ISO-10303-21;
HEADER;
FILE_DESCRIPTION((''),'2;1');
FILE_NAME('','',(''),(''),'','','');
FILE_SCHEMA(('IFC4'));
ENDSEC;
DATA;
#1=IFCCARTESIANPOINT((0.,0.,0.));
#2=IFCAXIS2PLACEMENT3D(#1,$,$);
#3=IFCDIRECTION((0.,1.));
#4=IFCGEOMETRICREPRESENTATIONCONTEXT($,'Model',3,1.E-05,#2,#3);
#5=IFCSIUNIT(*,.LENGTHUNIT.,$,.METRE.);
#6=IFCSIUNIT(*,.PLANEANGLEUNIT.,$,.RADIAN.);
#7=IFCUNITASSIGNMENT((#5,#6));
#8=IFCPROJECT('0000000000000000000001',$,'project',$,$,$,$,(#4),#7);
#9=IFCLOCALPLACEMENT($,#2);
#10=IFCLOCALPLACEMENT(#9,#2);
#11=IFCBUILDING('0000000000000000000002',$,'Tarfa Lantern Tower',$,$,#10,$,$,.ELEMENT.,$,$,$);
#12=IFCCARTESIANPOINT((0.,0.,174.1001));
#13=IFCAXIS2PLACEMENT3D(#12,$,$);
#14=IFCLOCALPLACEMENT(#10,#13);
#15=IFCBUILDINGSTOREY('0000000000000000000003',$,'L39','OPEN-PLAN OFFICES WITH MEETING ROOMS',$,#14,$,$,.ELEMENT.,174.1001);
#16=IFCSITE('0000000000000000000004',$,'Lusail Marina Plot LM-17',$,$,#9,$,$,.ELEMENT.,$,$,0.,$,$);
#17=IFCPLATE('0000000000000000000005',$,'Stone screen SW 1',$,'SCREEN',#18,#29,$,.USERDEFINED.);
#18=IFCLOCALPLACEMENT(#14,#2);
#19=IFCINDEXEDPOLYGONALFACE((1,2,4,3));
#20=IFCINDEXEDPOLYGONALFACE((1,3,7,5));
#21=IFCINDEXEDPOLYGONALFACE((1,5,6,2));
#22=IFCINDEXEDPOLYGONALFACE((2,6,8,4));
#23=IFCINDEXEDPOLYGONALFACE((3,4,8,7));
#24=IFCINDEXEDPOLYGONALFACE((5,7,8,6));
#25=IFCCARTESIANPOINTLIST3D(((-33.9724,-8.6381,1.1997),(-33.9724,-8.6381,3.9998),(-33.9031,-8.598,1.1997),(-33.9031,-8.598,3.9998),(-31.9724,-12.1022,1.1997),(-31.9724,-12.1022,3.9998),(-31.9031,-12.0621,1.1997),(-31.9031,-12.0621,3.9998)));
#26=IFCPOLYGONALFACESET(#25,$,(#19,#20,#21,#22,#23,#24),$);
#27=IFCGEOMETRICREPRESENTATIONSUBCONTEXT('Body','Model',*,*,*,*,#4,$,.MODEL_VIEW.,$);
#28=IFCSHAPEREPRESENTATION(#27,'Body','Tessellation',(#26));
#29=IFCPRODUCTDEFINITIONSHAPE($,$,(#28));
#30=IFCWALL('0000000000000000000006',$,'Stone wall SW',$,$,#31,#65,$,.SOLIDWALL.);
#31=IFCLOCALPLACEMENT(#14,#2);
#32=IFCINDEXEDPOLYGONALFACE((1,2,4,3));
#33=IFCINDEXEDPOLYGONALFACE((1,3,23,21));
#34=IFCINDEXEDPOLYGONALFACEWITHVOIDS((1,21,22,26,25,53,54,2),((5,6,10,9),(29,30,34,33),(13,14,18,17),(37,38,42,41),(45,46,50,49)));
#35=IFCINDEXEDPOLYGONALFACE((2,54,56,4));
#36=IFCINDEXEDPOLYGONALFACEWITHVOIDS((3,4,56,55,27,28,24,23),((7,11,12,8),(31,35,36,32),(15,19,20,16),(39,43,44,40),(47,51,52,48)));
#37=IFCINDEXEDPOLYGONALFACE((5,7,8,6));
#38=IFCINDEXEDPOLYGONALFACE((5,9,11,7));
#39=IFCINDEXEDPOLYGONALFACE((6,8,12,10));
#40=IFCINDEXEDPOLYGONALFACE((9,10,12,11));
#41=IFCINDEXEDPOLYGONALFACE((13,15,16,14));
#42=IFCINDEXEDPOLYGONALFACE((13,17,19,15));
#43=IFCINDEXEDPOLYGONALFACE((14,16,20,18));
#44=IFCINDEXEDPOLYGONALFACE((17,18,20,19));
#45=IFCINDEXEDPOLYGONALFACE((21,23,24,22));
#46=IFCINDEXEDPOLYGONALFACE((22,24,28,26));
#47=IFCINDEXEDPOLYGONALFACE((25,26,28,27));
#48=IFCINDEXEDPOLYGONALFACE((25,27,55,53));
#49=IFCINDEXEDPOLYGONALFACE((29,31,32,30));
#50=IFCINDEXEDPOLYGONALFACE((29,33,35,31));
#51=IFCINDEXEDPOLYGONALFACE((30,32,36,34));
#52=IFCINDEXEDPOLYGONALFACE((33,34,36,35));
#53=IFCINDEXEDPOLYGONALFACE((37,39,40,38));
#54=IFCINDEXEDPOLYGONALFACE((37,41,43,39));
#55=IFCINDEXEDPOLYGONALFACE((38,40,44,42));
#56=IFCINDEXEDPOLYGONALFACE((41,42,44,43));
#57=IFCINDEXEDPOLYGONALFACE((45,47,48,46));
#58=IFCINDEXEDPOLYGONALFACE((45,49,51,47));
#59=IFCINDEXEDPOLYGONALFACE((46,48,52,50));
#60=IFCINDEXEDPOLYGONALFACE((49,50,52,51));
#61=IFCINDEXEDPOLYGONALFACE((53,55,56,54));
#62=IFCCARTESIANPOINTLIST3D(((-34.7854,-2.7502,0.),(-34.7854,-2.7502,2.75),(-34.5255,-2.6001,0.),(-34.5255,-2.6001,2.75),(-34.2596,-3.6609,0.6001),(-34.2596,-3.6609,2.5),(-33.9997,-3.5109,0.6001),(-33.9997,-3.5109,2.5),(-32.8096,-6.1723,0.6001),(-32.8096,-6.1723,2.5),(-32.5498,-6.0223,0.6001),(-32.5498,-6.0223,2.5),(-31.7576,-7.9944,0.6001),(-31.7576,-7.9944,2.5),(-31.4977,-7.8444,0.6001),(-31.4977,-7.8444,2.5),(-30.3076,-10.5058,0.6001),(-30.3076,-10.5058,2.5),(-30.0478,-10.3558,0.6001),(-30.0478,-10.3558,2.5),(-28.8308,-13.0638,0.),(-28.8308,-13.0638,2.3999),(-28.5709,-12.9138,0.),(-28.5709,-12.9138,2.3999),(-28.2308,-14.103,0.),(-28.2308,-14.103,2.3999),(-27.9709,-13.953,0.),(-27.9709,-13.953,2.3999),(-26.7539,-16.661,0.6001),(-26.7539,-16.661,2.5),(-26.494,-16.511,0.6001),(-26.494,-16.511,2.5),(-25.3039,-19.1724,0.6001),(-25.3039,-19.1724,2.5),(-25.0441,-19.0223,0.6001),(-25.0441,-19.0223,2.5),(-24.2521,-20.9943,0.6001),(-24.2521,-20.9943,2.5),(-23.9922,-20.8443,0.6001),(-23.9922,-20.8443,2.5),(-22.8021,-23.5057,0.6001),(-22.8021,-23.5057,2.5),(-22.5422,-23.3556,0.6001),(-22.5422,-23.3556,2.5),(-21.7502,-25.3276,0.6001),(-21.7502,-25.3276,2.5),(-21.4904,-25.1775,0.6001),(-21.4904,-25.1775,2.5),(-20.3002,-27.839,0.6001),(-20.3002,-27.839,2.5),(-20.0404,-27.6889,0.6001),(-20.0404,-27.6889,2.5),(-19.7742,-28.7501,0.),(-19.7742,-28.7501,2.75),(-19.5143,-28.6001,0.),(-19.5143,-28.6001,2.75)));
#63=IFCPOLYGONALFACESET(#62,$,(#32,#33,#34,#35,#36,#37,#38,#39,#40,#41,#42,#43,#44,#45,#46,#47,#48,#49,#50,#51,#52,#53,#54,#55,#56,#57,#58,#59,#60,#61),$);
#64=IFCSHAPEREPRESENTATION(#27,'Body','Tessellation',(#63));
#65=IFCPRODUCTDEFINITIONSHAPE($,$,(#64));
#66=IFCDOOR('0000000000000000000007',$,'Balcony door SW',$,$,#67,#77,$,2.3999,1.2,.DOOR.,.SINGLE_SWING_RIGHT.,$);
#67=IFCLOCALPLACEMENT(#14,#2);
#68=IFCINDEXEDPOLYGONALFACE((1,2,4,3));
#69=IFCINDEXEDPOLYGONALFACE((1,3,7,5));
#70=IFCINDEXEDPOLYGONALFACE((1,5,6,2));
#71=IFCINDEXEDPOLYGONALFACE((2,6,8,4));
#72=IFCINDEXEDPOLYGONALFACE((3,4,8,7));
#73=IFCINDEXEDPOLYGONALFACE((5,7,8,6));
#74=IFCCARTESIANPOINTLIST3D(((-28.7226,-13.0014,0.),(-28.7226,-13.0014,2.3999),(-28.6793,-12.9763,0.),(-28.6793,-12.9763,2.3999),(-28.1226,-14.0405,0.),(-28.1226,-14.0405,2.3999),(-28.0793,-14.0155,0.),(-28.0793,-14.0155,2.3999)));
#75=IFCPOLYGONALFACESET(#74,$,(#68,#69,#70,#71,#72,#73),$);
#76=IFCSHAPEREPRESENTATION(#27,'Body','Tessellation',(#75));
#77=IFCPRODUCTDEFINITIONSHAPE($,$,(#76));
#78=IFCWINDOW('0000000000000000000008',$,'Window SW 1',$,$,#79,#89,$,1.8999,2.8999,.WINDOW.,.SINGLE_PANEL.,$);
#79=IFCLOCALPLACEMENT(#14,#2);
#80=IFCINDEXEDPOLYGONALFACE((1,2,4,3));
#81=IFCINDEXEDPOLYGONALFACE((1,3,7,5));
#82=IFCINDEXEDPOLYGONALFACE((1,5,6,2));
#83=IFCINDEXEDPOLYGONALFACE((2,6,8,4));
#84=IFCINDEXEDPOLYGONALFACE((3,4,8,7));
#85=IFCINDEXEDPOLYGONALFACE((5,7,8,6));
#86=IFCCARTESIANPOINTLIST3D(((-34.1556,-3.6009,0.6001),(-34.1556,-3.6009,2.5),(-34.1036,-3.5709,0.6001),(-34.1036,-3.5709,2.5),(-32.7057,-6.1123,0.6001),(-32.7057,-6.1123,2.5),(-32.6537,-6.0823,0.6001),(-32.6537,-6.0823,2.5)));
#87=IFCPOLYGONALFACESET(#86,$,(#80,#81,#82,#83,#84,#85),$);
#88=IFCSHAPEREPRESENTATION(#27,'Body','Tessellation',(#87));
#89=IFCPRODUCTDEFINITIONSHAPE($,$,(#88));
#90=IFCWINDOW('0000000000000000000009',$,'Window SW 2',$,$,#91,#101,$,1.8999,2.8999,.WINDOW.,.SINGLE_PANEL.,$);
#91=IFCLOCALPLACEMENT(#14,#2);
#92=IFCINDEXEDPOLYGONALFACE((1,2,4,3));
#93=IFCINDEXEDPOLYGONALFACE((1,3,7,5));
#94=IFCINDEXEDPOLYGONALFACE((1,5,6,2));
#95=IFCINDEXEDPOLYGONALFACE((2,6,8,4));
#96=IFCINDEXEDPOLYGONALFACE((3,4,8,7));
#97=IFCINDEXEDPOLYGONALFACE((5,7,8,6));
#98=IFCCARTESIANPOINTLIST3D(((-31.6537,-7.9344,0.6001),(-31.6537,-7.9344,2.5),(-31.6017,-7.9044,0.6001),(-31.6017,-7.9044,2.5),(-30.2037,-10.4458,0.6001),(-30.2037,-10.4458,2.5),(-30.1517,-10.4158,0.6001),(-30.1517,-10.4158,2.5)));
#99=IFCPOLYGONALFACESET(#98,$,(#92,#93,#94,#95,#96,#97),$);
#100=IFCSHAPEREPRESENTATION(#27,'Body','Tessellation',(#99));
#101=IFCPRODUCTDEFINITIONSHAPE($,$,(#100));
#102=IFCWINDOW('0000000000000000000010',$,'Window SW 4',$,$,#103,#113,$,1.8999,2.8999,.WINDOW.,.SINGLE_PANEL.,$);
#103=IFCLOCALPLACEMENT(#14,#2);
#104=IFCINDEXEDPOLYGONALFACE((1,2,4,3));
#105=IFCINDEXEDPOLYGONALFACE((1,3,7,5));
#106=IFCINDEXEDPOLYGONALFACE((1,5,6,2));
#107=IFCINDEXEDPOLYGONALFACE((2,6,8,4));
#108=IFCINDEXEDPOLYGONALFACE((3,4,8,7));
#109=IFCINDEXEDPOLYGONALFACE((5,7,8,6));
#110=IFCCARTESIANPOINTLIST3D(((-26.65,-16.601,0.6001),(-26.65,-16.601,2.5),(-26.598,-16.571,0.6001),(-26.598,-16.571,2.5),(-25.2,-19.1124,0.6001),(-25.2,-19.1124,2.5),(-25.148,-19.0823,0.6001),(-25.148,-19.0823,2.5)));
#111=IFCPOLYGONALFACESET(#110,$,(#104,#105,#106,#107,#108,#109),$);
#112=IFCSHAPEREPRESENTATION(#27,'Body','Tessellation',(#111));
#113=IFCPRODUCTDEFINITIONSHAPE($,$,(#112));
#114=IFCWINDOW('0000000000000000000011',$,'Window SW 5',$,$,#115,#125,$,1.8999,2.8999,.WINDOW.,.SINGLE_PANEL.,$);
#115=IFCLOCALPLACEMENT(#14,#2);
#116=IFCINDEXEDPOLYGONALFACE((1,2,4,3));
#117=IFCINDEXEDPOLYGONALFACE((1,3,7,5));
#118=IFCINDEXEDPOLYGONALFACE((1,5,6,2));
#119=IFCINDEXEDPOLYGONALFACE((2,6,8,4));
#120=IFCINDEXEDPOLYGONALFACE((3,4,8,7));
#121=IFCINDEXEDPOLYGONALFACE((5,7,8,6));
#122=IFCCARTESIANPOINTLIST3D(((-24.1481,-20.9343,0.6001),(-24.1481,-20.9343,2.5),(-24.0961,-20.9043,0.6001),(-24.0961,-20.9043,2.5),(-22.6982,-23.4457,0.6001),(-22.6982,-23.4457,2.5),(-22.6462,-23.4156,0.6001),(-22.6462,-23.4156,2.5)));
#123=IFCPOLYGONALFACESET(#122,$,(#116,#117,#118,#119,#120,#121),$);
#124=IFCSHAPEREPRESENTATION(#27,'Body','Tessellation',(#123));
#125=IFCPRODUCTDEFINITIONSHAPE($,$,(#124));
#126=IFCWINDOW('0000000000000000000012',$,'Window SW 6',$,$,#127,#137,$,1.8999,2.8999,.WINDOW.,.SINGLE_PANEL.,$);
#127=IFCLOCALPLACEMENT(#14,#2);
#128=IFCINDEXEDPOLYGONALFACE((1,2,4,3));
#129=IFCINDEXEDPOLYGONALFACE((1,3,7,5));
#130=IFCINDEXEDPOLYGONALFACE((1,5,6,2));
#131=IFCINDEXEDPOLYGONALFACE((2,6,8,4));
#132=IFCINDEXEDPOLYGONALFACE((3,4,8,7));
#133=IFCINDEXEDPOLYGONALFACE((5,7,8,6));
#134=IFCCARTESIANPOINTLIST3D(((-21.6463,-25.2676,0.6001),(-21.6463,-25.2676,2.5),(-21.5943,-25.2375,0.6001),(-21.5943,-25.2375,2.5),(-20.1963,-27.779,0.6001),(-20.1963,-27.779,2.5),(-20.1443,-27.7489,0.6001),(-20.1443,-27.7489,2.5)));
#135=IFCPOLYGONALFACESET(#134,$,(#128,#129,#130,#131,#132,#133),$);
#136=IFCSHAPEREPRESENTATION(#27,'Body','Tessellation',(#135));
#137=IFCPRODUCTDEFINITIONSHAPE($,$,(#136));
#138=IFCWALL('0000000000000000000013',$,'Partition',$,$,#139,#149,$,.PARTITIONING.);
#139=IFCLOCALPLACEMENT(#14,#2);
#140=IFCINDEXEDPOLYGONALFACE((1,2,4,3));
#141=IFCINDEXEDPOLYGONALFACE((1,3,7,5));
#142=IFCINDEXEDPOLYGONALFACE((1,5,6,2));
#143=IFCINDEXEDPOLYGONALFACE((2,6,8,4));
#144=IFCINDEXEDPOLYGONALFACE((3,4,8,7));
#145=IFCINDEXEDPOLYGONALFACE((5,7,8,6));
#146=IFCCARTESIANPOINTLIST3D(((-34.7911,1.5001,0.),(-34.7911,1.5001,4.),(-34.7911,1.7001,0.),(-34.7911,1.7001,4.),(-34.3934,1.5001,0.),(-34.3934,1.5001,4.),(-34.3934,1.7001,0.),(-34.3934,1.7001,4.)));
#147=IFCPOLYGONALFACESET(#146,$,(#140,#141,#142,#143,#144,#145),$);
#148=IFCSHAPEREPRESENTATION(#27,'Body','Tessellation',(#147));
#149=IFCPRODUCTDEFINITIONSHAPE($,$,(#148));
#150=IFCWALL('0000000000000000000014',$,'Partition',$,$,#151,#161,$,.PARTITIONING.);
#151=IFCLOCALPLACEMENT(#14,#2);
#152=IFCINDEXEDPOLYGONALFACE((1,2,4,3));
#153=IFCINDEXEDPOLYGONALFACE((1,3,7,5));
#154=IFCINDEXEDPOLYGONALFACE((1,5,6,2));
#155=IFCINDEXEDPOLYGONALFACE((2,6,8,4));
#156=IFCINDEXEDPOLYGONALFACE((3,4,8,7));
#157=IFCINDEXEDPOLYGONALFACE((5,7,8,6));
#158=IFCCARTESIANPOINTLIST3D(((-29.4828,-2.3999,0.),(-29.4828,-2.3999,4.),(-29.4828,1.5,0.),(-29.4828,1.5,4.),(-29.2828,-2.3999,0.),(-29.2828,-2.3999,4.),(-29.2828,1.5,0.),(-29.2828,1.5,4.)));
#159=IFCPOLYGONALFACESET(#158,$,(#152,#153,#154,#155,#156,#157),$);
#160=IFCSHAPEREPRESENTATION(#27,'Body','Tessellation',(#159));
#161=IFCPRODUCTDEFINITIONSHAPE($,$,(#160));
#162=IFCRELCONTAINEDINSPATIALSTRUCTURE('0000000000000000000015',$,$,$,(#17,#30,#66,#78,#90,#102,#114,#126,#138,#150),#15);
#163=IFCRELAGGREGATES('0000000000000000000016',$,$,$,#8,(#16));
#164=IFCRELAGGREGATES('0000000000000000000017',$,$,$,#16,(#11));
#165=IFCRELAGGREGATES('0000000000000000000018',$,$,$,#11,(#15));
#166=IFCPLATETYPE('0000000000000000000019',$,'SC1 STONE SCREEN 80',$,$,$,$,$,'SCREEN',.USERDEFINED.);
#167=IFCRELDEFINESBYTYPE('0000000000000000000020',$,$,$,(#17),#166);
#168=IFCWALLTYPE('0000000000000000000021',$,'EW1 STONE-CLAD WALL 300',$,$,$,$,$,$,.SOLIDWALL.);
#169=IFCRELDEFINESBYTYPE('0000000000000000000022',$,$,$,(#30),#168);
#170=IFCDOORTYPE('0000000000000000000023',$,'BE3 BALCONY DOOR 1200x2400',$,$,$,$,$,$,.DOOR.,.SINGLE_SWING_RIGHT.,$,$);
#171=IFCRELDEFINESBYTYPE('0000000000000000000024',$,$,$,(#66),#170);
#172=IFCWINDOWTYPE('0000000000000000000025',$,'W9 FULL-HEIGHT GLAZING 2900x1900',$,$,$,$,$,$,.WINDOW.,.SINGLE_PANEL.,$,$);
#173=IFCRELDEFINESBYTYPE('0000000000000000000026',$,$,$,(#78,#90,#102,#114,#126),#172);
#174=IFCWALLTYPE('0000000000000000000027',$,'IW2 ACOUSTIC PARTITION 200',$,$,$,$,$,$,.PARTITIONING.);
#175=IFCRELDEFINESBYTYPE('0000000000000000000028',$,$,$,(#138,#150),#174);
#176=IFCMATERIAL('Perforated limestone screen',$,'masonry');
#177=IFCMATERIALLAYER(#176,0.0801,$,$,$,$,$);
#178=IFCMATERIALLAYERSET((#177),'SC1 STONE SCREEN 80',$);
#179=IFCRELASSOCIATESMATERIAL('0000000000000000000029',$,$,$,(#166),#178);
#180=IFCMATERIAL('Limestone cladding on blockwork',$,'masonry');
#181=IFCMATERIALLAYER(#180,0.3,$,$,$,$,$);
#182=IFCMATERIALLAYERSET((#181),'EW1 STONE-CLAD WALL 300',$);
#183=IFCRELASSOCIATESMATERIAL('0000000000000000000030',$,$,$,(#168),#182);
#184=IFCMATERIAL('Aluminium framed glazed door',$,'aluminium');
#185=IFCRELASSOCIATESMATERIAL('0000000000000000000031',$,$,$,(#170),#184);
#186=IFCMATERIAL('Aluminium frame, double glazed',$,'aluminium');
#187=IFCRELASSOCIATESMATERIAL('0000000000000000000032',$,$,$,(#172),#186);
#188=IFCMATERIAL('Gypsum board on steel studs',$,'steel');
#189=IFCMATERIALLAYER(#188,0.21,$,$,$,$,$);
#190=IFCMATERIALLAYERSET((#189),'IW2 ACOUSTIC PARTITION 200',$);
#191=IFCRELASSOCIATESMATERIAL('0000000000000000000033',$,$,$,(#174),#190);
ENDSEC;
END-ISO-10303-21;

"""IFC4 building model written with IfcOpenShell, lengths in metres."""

from ifc_helpers import new_model, si_unit, direction, frame, frame_2d, origin, origin_2d, place, context, subcontext, project, spatial, rectangle, extrude, material, layer, layer_set, type_object, element, fill, save


model = new_model("IFC4")

# Units and contexts
model_context = context("Model", 3, precision=1e-05, world=origin(), true_north=direction((0.0, 1.0)))
body_context = subcontext(model_context, "Body", "Model", "MODEL_VIEW")
ifc_project = project(units=[si_unit("LENGTHUNIT", "METRE"), si_unit("PLANEANGLEUNIT", "RADIAN")], contexts=[model_context])

# Site, building, storey
site_placement = place(None, origin())
site = spatial("IfcSite", under=ifc_project, at=site_placement, Name="Lusail Marina Plot LM-17", CompositionType="ELEMENT", RefElevation=0.0)
building_placement = place(site_placement, origin())
building = spatial("IfcBuilding", under=site, at=building_placement, Name="Tarfa Lantern Tower", CompositionType="ELEMENT")
storey_placement = place(building_placement, frame((0.0, 0.0, 174.1001)))
storey = spatial("IfcBuildingStorey", under=building, at=storey_placement, Name="L39", Description="OPEN-PLAN OFFICES WITH MEETING ROOMS", CompositionType="ELEMENT", Elevation=174.1001)

# Plate
ifc_material_1 = material(Name="Perforated limestone screen", Category="masonry")
ifc_layer_1 = layer(ifc_material_1, 0.0801)
ifc_layer_set_1 = layer_set([ifc_layer_1], Name="SC1 STONE SCREEN 80")
plate_type = type_object("IfcPlateType", Name="SC1 STONE SCREEN 80", ElementType="SCREEN", PredefinedType="USERDEFINED", material=ifc_layer_set_1)
plate_placement = place(storey_placement, frame((-32.9377, -10.3501, 1.1997), z_axis=(0.0, 0.0, 1.0), x_axis=(0.5, -0.866025, 0.0)))
element("IfcPlate", 1, at=plate_placement, inside=storey, type_object=plate_type, Name="Stone screen SW 1", ObjectType="SCREEN", PredefinedType="USERDEFINED", context=body_context, shape_type="SweptSolid", body=[
    extrude(rectangle(XDim=4.0, YDim=0.0801, at=origin_2d()), origin(), (0.0, 0.0, 1.0), 2.8),
])

# Wall, openings, door, windows
ifc_material_2 = material(Name="Limestone cladding on blockwork", Category="masonry")
ifc_layer_2 = layer(ifc_material_2, 0.3)
ifc_layer_set_2 = layer_set([ifc_layer_2], Name="EW1 STONE-CLAD WALL 300")
wall_type_1 = type_object("IfcWallType", Name="EW1 STONE-CLAD WALL 300", PredefinedType="SOLIDWALL", material=ifc_layer_set_2)
wall_1_placement = place(storey_placement, frame((-34.6555, -2.675, 0.0), z_axis=(0.0, 0.0, 1.0), x_axis=(0.500003, -0.866024, 0.0)))
wall_1 = element("IfcWall", 2, at=wall_1_placement, inside=storey, type_object=wall_type_1, Name="Stone wall SW", PredefinedType="SOLIDWALL", context=body_context, shape_type="SweptSolid", body=[
    extrude(rectangle(XDim=30.0222, YDim=0.3, at=frame_2d((15.0112, 0.0))), origin(), (0.0, 0.0, 1.0), 2.75),
])
opening_1_placement = place(wall_1_placement, frame((1.0518, 0.0, 0.6001)))
opening_1 = element("IfcOpeningElement", 3, at=opening_1_placement, cuts=wall_1, PredefinedType="OPENING", context=body_context, shape_type="SweptSolid", body=[
    extrude(rectangle(XDim=2.8999, YDim=1.8999, at=frame_2d((1.45, 0.95))), frame((0.0, 0.1599, 0.0), z_axis=(0.0, -1.0, 0.0), x_axis=(1.0, 0.0, 0.0)), (0.0, 0.0, 1.0), 0.3201),
])
opening_2_placement = place(wall_1_placement, frame((6.0557, 0.0, 0.6001)))
opening_2 = element("IfcOpeningElement", 4, at=opening_2_placement, cuts=wall_1, PredefinedType="OPENING", context=body_context, shape_type="SweptSolid", body=[
    extrude(rectangle(XDim=2.8999, YDim=1.8999, at=frame_2d((1.45, 0.95))), frame((0.0, 0.1599, 0.0), z_axis=(0.0, -1.0, 0.0), x_axis=(1.0, 0.0, 0.0)), (0.0, 0.0, 1.0), 0.3201),
])
opening_3_placement = place(wall_1_placement, frame((11.9092, 0.0, 0.0)))
opening_3 = element("IfcOpeningElement", 5, at=opening_3_placement, cuts=wall_1, PredefinedType="OPENING", context=body_context, shape_type="SweptSolid", body=[
    extrude(rectangle(XDim=1.2, YDim=2.3999, at=frame_2d((0.6001, 1.2))), frame((0.0, 0.1599, 0.0), z_axis=(0.0, -1.0, 0.0), x_axis=(1.0, 0.0, 0.0)), (0.0, 0.0, 1.0), 0.3201),
])
opening_4_placement = place(wall_1_placement, frame((16.063, 0.0, 0.6001)))
opening_4 = element("IfcOpeningElement", 6, at=opening_4_placement, cuts=wall_1, PredefinedType="OPENING", context=body_context, shape_type="SweptSolid", body=[
    extrude(rectangle(XDim=2.8999, YDim=1.8999, at=frame_2d((1.45, 0.95))), frame((0.0, 0.1599, 0.0), z_axis=(0.0, -1.0, 0.0), x_axis=(1.0, 0.0, 0.0)), (0.0, 0.0, 1.0), 0.3201),
])
opening_5_placement = place(wall_1_placement, frame((21.0667, 0.0, 0.6001)))
opening_5 = element("IfcOpeningElement", 7, at=opening_5_placement, cuts=wall_1, PredefinedType="OPENING", context=body_context, shape_type="SweptSolid", body=[
    extrude(rectangle(XDim=2.8999, YDim=1.8999, at=frame_2d((1.45, 0.95))), frame((0.0, 0.1599, 0.0), z_axis=(0.0, -1.0, 0.0), x_axis=(1.0, 0.0, 0.0)), (0.0, 0.0, 1.0), 0.3201),
])
opening_6_placement = place(wall_1_placement, frame((26.0703, 0.0, 0.6001)))
opening_6 = element("IfcOpeningElement", 8, at=opening_6_placement, cuts=wall_1, PredefinedType="OPENING", context=body_context, shape_type="SweptSolid", body=[
    extrude(rectangle(XDim=2.8999, YDim=1.8999, at=frame_2d((1.45, 0.95))), frame((0.0, 0.1599, 0.0), z_axis=(0.0, -1.0, 0.0), x_axis=(1.0, 0.0, 0.0)), (0.0, 0.0, 1.0), 0.3201),
])
ifc_material_3 = material(Name="Aluminium framed glazed door", Category="aluminium")
door_type = type_object("IfcDoorType", Name="BE3 BALCONY DOOR 1200x2400", OperationType="SINGLE_SWING_RIGHT", PredefinedType="DOOR", material=ifc_material_3)
door_placement = place(opening_3_placement, origin())
door = element("IfcDoor", 9, at=door_placement, inside=storey, type_object=door_type, Name="Balcony door SW", OperationType="SINGLE_SWING_RIGHT", OverallHeight=2.3999, OverallWidth=1.2, PredefinedType="DOOR", context=body_context, shape_type="SweptSolid", body=[
    extrude(rectangle(XDim=1.2, YDim=2.3999, at=frame_2d((0.6001, 1.2))), frame((0.0, 0.0249, 0.0), z_axis=(0.0, -1.0, 0.0), x_axis=(1.0, 0.0, 0.0)), (0.0, 0.0, 1.0), 0.05),
])
fill(opening_3, door)
ifc_material_4 = material(Name="Aluminium frame, double glazed", Category="aluminium")
window_type = type_object("IfcWindowType", Name="W9 FULL-HEIGHT GLAZING 2900x1900", PartitioningType="SINGLE_PANEL", PredefinedType="WINDOW", material=ifc_material_4)
window_1_placement = place(opening_1_placement, origin())
window_1 = element("IfcWindow", 10, at=window_1_placement, inside=storey, type_object=window_type, Name="Window SW 1", OverallHeight=1.8999, OverallWidth=2.8999, PartitioningType="SINGLE_PANEL", PredefinedType="WINDOW", context=body_context, shape_type="SweptSolid", body=[
    extrude(rectangle(XDim=2.8999, YDim=1.8999, at=frame_2d((1.45, 0.95))), frame((0.0, 0.03, 0.0), z_axis=(0.0, -1.0, 0.0), x_axis=(1.0, 0.0, 0.0)), (0.0, 0.0, 1.0), 0.0601),
])
fill(opening_1, window_1)
window_2_placement = place(opening_2_placement, origin())
window_2 = element("IfcWindow", 11, at=window_2_placement, inside=storey, type_object=window_type, Name="Window SW 2", OverallHeight=1.8999, OverallWidth=2.8999, PartitioningType="SINGLE_PANEL", PredefinedType="WINDOW", context=body_context, shape_type="SweptSolid", body=[
    extrude(rectangle(XDim=2.8999, YDim=1.8999, at=frame_2d((1.45, 0.95))), frame((0.0, 0.03, 0.0), z_axis=(0.0, -1.0, 0.0), x_axis=(1.0, 0.0, 0.0)), (0.0, 0.0, 1.0), 0.0601),
])
fill(opening_2, window_2)
window_3_placement = place(opening_4_placement, origin())
window_3 = element("IfcWindow", 12, at=window_3_placement, inside=storey, type_object=window_type, Name="Window SW 4", OverallHeight=1.8999, OverallWidth=2.8999, PartitioningType="SINGLE_PANEL", PredefinedType="WINDOW", context=body_context, shape_type="SweptSolid", body=[
    extrude(rectangle(XDim=2.8999, YDim=1.8999, at=frame_2d((1.45, 0.95))), frame((0.0, 0.03, 0.0), z_axis=(0.0, -1.0, 0.0), x_axis=(1.0, 0.0, 0.0)), (0.0, 0.0, 1.0), 0.0601),
])
fill(opening_4, window_3)
window_4_placement = place(opening_5_placement, origin())
window_4 = element("IfcWindow", 13, at=window_4_placement, inside=storey, type_object=window_type, Name="Window SW 5", OverallHeight=1.8999, OverallWidth=2.8999, PartitioningType="SINGLE_PANEL", PredefinedType="WINDOW", context=body_context, shape_type="SweptSolid", body=[
    extrude(rectangle(XDim=2.8999, YDim=1.8999, at=frame_2d((1.45, 0.95))), frame((0.0, 0.03, 0.0), z_axis=(0.0, -1.0, 0.0), x_axis=(1.0, 0.0, 0.0)), (0.0, 0.0, 1.0), 0.0601),
])
fill(opening_5, window_4)
window_5_placement = place(opening_6_placement, origin())
window_5 = element("IfcWindow", 14, at=window_5_placement, inside=storey, type_object=window_type, Name="Window SW 6", OverallHeight=1.8999, OverallWidth=2.8999, PartitioningType="SINGLE_PANEL", PredefinedType="WINDOW", context=body_context, shape_type="SweptSolid", body=[
    extrude(rectangle(XDim=2.8999, YDim=1.8999, at=frame_2d((1.45, 0.95))), frame((0.0, 0.03, 0.0), z_axis=(0.0, -1.0, 0.0), x_axis=(1.0, 0.0, 0.0)), (0.0, 0.0, 1.0), 0.0601),
])
fill(opening_6, window_5)

# Walls
ifc_material_5 = material(Name="Gypsum board on steel studs", Category="steel")
ifc_layer_3 = layer(ifc_material_5, 0.21)
ifc_layer_set_3 = layer_set([ifc_layer_3], Name="IW2 ACOUSTIC PARTITION 200")
wall_type_2 = type_object("IfcWallType", Name="IW2 ACOUSTIC PARTITION 200", PredefinedType="PARTITIONING", material=ifc_layer_set_3)
wall_2_placement = place(storey_placement, frame((-34.3936, 1.6001, 0.0), z_axis=(0.0, 0.0, 1.0), x_axis=(-1.0, 0.0, 0.0)))
element("IfcWall", 15, at=wall_2_placement, inside=storey, type_object=wall_type_2, Name="Partition", PredefinedType="PARTITIONING", context=body_context, shape_type="SweptSolid", body=[
    extrude(rectangle(XDim=0.3977, YDim=0.2, at=frame_2d((0.1987, 0.0))), origin(), (0.0, 0.0, 1.0), 4.0),
])
wall_3_placement = place(storey_placement, frame((-29.3828, 1.5, 0.0), z_axis=(0.0, 0.0, 1.0), x_axis=(0.0, -1.0, 0.0)))
element("IfcWall", 16, at=wall_3_placement, inside=storey, type_object=wall_type_2, Name="Partition", PredefinedType="PARTITIONING", context=body_context, shape_type="SweptSolid", body=[
    extrude(rectangle(XDim=3.8999, YDim=0.2, at=frame_2d((1.95, 0.0))), origin(), (0.0, 0.0, 1.0), 4.0),
])

save(model, "model.ifc")
